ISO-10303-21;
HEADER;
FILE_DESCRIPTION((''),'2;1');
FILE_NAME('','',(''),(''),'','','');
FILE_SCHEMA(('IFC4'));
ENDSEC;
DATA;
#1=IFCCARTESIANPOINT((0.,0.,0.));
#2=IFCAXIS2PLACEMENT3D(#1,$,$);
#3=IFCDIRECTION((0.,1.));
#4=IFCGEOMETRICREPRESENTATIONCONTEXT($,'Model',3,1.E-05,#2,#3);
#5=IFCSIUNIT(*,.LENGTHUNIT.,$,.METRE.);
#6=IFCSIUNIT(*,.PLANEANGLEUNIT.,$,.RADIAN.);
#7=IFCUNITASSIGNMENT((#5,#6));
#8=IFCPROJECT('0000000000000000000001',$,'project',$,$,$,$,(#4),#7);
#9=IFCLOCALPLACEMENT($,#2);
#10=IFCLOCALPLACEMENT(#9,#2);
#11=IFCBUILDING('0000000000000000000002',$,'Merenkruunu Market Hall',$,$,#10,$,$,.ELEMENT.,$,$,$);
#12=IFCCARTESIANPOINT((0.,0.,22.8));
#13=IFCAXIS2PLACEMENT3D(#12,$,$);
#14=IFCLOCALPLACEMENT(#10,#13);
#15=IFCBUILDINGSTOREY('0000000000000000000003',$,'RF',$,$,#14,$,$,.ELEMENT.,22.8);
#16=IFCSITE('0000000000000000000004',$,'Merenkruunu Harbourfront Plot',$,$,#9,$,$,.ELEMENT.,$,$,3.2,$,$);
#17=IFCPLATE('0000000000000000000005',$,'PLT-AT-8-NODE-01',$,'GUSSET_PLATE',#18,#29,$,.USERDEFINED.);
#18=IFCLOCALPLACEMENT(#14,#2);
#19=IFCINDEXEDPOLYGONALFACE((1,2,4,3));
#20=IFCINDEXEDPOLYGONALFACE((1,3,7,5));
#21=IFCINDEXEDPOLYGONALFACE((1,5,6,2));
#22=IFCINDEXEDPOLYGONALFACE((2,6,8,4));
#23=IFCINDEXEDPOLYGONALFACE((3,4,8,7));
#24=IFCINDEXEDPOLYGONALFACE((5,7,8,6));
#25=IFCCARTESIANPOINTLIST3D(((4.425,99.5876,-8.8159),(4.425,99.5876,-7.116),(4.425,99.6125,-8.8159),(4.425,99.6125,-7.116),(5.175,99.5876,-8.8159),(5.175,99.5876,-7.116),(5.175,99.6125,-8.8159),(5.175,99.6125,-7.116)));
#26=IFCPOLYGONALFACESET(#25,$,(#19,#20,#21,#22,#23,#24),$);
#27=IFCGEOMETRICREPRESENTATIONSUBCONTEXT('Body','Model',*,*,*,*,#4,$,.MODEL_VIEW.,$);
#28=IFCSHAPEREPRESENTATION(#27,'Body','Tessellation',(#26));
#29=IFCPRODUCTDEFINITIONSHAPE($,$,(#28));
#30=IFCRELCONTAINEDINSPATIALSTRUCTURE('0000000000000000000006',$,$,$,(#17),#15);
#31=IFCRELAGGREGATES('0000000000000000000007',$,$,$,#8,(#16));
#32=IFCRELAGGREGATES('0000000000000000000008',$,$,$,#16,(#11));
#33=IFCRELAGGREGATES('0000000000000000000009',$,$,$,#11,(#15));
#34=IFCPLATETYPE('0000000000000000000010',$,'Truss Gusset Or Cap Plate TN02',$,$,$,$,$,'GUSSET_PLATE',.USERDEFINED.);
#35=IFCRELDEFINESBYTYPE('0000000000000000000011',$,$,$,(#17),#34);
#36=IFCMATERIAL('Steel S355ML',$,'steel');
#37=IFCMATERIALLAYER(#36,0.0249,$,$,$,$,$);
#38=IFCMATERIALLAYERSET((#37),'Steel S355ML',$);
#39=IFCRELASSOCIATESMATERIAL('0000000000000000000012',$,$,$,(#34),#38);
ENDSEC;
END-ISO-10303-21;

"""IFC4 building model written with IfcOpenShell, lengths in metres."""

from ifc_helpers import new_model, si_unit, direction, frame, origin, origin_2d, place, context, subcontext, project, spatial, rectangle, extrude, material, layer, layer_set, type_object, element, save


model = new_model("IFC4")

# Units and contexts
model_context = context("Model", 3, precision=1e-05, world=origin(), true_north=direction((0.0, 1.0)))
body_context = subcontext(model_context, "Body", "Model", "MODEL_VIEW")
ifc_project = project(units=[si_unit("LENGTHUNIT", "METRE"), si_unit("PLANEANGLEUNIT", "RADIAN")], contexts=[model_context])

# Site, building, storey
site_placement = place(None, origin())
site = spatial("IfcSite", under=ifc_project, at=site_placement, Name="Merenkruunu Harbourfront Plot", CompositionType="ELEMENT", RefElevation=3.2)
building_placement = place(site_placement, origin())
building = spatial("IfcBuilding", under=site, at=building_placement, Name="Merenkruunu Market Hall", CompositionType="ELEMENT")
storey_placement = place(building_placement, frame((0.0, 0.0, 22.8)))
storey = spatial("IfcBuildingStorey", under=building, at=storey_placement, Name="RF", CompositionType="ELEMENT", Elevation=22.8)

# Shared definitions
ifc_material_1 = material(Name="Steel S355ML", Category="steel")

# Plate
ifc_layer_1 = layer(ifc_material_1, 0.0249)
ifc_layer_set_1 = layer_set([ifc_layer_1], Name="Steel S355ML")
plate_type_1 = type_object("IfcPlateType", Name="Truss Gusset Or Cap Plate TN02", ElementType="GUSSET_PLATE", PredefinedType="USERDEFINED", material=ifc_layer_set_1)
plate_1_placement = place(storey_placement, frame((4.8, 99.6001, -8.8159), z_axis=(0.0, 0.0, 1.0), x_axis=(1.0, 0.0, 0.0)))
element("IfcPlate", 1, at=plate_1_placement, inside=storey, type_object=plate_type_1, Name="PLT-AT-8-NODE-01", ObjectType="GUSSET_PLATE", PredefinedType="USERDEFINED", context=body_context, shape_type="SweptSolid", body=[
    extrude(rectangle(XDim=0.75, YDim=0.0249, at=origin_2d()), origin(), (0.0, 0.0, 1.0), 1.7),
])

save(model, "model.ifc")
